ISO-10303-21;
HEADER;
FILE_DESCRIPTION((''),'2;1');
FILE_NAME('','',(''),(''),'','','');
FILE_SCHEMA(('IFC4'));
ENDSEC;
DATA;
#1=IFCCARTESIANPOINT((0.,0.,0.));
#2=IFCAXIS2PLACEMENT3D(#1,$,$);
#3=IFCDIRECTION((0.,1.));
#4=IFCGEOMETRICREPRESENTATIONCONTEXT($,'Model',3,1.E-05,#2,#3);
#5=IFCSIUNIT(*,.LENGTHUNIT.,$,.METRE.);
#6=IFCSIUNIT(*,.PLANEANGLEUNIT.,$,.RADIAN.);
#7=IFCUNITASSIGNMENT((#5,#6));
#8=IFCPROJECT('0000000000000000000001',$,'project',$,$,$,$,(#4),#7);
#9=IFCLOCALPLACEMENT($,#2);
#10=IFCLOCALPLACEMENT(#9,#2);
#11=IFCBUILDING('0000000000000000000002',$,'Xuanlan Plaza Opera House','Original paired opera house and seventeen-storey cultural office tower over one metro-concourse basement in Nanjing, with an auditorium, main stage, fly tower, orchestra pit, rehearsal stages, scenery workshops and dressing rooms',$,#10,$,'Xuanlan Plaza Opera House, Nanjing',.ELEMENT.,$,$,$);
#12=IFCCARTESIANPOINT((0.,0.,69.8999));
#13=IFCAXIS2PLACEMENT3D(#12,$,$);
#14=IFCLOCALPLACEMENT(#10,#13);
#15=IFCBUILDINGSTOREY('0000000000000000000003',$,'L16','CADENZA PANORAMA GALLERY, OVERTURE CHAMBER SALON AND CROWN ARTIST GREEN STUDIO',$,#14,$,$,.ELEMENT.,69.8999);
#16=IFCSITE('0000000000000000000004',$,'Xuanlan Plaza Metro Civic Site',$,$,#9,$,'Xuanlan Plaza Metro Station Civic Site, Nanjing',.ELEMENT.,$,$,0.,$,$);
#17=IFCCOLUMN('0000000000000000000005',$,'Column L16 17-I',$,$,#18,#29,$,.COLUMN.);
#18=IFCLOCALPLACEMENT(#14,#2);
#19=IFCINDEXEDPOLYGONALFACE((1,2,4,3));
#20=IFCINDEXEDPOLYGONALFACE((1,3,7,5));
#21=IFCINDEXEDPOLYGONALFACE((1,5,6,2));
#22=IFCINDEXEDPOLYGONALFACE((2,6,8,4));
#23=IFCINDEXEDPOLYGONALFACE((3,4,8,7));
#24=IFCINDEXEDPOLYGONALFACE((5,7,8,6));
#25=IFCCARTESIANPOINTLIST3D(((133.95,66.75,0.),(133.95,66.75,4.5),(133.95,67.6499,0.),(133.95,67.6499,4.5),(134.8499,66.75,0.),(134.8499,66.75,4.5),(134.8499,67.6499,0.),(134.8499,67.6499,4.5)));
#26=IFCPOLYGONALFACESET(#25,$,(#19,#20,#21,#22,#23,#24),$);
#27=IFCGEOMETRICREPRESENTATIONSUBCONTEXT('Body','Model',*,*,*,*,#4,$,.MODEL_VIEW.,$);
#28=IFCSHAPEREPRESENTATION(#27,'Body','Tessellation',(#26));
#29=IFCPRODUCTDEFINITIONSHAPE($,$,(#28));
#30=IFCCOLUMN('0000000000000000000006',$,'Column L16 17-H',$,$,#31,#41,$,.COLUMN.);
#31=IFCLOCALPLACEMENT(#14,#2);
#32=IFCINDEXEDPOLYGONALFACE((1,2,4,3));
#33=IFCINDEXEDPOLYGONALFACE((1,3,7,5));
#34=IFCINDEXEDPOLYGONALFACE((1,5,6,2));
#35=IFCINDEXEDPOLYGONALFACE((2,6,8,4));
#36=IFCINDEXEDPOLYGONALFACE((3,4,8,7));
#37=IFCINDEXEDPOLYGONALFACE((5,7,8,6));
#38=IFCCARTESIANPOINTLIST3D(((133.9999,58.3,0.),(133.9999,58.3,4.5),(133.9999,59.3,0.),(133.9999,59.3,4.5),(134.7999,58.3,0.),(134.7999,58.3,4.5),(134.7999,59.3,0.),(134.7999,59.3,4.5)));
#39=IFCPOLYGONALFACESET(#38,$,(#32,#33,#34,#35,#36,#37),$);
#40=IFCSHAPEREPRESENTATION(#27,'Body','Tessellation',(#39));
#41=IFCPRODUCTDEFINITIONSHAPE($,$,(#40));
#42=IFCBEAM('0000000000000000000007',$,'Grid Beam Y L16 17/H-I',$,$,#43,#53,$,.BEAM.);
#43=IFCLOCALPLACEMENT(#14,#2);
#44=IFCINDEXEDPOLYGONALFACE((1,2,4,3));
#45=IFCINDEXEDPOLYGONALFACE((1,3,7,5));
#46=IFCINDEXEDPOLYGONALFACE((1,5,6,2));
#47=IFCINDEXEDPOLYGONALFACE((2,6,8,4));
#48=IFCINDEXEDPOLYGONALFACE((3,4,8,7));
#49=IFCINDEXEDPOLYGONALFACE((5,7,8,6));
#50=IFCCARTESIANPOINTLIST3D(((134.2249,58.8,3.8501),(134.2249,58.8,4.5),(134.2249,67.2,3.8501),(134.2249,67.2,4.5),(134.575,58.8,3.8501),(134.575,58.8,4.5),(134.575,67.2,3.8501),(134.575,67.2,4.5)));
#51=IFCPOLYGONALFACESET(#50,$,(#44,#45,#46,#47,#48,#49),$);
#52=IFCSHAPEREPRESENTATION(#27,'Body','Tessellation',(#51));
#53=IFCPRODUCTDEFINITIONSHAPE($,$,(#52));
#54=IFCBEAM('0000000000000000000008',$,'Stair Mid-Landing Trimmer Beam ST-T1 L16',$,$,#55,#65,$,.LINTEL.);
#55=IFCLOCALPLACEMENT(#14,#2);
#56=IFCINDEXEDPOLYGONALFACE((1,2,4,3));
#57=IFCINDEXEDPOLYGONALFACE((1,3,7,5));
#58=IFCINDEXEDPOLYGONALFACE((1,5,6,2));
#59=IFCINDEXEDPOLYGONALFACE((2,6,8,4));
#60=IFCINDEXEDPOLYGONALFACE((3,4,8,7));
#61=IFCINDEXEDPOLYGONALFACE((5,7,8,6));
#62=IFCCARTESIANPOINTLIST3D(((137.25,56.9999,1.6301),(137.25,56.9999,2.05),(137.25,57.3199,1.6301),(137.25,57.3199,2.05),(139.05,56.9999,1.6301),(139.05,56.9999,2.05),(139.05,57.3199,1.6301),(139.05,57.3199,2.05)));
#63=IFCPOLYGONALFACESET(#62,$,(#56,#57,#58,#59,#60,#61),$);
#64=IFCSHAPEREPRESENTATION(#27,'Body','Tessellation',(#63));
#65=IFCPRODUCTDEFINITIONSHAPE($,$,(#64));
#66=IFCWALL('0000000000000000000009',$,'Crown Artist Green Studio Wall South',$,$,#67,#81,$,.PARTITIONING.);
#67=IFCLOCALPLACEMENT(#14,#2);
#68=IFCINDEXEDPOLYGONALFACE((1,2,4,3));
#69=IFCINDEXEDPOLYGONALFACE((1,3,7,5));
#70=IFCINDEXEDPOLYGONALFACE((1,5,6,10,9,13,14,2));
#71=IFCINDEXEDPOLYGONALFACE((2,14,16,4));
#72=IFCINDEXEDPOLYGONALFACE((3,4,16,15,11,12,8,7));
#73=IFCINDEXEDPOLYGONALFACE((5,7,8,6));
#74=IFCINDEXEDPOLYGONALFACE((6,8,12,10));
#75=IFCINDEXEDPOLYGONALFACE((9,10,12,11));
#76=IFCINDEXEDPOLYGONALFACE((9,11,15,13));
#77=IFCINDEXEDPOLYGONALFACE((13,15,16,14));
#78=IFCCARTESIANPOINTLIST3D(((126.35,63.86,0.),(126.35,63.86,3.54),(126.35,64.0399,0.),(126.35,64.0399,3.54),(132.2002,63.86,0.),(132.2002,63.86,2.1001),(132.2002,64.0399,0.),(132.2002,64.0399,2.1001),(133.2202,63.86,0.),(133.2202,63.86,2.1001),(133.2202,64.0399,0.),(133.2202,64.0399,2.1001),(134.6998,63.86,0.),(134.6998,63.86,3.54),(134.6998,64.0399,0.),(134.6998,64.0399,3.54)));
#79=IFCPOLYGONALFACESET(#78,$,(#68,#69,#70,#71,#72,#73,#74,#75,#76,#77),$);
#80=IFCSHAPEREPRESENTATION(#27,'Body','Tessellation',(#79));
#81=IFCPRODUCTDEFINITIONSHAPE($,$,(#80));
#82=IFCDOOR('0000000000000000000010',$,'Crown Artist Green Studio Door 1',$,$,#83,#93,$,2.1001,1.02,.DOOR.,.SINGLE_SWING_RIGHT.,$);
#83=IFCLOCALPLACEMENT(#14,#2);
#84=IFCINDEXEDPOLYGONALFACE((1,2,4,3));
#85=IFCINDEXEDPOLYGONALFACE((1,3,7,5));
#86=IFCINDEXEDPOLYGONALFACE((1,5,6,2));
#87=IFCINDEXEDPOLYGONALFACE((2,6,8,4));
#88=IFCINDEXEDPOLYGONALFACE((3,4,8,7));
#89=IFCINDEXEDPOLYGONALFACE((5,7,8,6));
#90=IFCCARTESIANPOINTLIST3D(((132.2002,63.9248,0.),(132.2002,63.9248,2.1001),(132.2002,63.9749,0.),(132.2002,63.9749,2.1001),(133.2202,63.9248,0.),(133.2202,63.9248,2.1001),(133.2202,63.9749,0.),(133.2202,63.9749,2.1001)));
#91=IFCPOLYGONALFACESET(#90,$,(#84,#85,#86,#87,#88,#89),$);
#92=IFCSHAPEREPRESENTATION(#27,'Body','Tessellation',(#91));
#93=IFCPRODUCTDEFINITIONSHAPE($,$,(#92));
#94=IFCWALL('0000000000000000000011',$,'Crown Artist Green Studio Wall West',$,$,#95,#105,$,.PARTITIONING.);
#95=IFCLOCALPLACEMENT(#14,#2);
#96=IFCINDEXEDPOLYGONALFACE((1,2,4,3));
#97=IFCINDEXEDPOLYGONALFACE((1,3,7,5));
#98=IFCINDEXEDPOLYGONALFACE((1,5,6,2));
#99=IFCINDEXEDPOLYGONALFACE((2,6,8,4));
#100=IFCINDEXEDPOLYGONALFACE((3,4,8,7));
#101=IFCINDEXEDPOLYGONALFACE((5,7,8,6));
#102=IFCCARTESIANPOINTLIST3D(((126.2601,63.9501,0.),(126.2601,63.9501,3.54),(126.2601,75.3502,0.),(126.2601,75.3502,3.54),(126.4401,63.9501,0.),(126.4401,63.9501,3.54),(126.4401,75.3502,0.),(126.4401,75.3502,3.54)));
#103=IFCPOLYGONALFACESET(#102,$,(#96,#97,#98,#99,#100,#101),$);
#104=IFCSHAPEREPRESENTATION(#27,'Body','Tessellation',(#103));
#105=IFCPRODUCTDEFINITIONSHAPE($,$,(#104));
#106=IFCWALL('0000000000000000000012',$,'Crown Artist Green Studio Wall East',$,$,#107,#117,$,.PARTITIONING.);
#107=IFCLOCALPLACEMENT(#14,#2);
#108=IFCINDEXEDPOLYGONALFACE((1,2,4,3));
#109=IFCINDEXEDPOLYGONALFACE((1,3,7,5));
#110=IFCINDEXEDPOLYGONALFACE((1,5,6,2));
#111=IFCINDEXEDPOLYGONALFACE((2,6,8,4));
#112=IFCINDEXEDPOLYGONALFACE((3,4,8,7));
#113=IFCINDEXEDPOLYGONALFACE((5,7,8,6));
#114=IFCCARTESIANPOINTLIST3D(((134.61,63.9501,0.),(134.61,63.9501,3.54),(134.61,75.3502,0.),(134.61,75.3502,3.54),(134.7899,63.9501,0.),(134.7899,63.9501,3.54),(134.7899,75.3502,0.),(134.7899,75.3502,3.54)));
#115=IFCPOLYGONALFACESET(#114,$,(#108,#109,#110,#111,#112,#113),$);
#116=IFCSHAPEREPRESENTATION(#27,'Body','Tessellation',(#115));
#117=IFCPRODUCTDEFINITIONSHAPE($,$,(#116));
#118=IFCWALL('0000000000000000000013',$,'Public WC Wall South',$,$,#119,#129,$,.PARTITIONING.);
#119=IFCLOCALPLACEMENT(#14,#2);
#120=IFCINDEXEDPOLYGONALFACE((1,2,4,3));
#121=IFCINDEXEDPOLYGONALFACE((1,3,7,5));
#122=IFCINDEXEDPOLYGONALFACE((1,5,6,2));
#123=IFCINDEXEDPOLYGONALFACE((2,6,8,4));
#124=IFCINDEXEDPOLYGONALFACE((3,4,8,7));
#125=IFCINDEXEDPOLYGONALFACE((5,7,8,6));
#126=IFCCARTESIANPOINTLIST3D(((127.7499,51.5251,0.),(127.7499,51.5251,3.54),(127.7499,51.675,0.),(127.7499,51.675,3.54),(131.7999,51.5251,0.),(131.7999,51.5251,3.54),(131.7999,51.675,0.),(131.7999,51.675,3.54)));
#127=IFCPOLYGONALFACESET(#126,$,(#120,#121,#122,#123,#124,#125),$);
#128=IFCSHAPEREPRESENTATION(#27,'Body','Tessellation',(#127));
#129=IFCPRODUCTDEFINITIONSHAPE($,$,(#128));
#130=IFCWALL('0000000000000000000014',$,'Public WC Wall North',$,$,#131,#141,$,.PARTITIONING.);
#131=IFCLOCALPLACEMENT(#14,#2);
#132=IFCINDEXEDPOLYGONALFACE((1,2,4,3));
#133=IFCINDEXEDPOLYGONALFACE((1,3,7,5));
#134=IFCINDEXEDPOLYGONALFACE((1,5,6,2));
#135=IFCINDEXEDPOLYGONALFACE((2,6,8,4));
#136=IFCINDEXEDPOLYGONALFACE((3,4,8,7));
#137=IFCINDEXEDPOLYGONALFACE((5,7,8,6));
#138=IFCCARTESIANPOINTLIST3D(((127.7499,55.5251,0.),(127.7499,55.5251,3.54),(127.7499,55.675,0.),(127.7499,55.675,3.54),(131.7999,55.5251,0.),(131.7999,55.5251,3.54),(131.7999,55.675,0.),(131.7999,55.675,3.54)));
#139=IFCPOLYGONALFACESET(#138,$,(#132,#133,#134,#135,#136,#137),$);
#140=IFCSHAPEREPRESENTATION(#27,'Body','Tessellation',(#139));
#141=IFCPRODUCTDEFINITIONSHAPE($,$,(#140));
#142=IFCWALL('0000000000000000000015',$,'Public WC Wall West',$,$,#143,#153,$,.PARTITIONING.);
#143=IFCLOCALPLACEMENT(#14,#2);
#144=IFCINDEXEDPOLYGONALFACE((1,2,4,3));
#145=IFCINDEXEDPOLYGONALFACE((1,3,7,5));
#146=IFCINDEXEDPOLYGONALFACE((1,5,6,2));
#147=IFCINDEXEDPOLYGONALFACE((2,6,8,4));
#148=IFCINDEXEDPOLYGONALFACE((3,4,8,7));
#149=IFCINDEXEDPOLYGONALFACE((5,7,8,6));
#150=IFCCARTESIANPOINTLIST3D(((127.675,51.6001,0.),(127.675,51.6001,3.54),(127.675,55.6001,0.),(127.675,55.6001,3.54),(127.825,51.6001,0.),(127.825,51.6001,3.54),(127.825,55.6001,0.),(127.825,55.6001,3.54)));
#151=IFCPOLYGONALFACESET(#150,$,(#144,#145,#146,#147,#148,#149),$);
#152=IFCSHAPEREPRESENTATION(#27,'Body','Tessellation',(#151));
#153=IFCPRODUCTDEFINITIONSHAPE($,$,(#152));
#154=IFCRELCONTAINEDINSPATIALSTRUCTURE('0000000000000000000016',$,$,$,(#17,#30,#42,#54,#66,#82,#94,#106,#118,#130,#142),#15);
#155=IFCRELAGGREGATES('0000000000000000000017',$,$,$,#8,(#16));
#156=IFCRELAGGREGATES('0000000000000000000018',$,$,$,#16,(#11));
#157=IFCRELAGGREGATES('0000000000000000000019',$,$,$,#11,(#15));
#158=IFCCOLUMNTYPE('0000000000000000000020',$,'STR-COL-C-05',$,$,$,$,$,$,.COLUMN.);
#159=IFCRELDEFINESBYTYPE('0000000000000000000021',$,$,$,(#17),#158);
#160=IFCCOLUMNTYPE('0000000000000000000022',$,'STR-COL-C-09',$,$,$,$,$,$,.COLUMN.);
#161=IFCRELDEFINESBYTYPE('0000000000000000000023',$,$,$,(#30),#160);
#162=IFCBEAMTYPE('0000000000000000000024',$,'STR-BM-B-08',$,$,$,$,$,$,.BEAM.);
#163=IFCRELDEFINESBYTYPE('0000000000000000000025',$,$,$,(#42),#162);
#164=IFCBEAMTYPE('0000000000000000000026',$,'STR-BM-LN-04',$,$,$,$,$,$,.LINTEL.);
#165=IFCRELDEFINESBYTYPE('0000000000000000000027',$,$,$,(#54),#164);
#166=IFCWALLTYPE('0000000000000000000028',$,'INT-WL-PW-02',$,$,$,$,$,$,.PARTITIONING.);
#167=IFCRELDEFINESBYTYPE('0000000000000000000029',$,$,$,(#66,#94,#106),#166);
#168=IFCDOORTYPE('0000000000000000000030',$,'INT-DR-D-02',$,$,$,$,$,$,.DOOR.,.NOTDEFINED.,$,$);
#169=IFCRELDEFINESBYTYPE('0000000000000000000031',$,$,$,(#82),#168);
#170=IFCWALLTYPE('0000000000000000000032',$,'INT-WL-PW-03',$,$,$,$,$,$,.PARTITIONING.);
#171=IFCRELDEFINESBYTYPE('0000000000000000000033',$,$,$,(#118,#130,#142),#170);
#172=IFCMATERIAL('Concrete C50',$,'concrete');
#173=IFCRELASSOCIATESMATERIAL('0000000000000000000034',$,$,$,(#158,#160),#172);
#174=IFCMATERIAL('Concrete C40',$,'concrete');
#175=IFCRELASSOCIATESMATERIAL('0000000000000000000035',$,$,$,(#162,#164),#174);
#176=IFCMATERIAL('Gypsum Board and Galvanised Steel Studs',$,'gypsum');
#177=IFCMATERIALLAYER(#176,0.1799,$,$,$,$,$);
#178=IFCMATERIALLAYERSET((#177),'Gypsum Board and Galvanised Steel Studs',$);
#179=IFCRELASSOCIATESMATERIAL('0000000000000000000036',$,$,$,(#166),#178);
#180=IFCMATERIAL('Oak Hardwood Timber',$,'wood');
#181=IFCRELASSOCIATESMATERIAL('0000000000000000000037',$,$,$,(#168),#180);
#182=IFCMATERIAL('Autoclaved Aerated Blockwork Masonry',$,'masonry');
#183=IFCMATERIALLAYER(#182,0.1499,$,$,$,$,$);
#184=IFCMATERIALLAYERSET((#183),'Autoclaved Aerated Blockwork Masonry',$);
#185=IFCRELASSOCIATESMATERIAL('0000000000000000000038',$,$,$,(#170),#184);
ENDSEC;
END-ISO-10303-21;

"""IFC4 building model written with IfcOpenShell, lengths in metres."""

from ifc_helpers import new_model, si_unit, direction, frame, frame_2d, origin, origin_2d, place, context, subcontext, project, spatial, rectangle, extrude, material, layer, layer_set, material_profile, profile_set, type_object, element, fill, save


model = new_model("IFC4")

# Units and contexts
model_context = context("Model", 3, precision=1e-05, world=origin(), true_north=direction((0.0, 1.0)))
body_context = subcontext(model_context, "Body", "Model", "MODEL_VIEW")
ifc_project = project(units=[si_unit("LENGTHUNIT", "METRE"), si_unit("PLANEANGLEUNIT", "RADIAN")], contexts=[model_context])

# Site, building, storey
site_placement = place(None, origin())
site = spatial("IfcSite", under=ifc_project, at=site_placement, Name="Xuanlan Plaza Metro Civic Site", LongName="Xuanlan Plaza Metro Station Civic Site, Nanjing", CompositionType="ELEMENT", RefElevation=0.0)
building_placement = place(site_placement, origin())
building = spatial("IfcBuilding", under=site, at=building_placement, Name="Xuanlan Plaza Opera House", Description="Original paired opera house and seventeen-storey cultural office tower over one metro-concourse basement in Nanjing, with an auditorium, main stage, fly tower, orchestra pit, rehearsal stages, scenery workshops and dressing rooms", LongName="Xuanlan Plaza Opera House, Nanjing", CompositionType="ELEMENT")
storey_placement = place(building_placement, frame((0.0, 0.0, 69.8999)))
storey = spatial("IfcBuildingStorey", under=building, at=storey_placement, Name="L16", Description="CADENZA PANORAMA GALLERY, OVERTURE CHAMBER SALON AND CROWN ARTIST GREEN STUDIO", CompositionType="ELEMENT", Elevation=69.8999)

# Columns
ifc_material_1 = material(Name="Concrete C50", Category="concrete")
ifc_material_profile_1 = material_profile(ifc_material_1, rectangle(XDim=0.8999, YDim=0.8999, at=origin_2d()), Name="RC-COL 900x900")
ifc_profile_set_1 = profile_set([ifc_material_profile_1], Name="Concrete C50")
column_type_1 = type_object("IfcColumnType", Name="STR-COL-C-05", PredefinedType="COLUMN", material=ifc_profile_set_1)
column_1_placement = place(storey_placement, frame((134.3999, 67.2, 0.0), z_axis=(0.0, 0.0, 1.0), x_axis=(1.0, 0.0, 0.0)))
element("IfcColumn", 1, at=column_1_placement, inside=storey, type_object=column_type_1, Name="Column L16 17-I", PredefinedType="COLUMN", context=body_context, shape_type="SweptSolid", body=[
    extrude(rectangle(XDim=0.8999, YDim=0.8999, at=origin_2d()), origin(), (0.0, 0.0, 1.0), 4.5),
])
ifc_material_profile_2 = material_profile(ifc_material_1, rectangle(XDim=0.8, YDim=1.0, at=origin_2d()), Name="RC-COL 800x1000")
ifc_profile_set_2 = profile_set([ifc_material_profile_2], Name="Concrete C50")
column_type_2 = type_object("IfcColumnType", Name="STR-COL-C-09", PredefinedType="COLUMN", material=ifc_profile_set_2)
column_2_placement = place(storey_placement, frame((134.3999, 58.8, 0.0), z_axis=(0.0, 0.0, 1.0), x_axis=(1.0, 0.0, 0.0)))
element("IfcColumn", 2, at=column_2_placement, inside=storey, type_object=column_type_2, Name="Column L16 17-H", PredefinedType="COLUMN", context=body_context, shape_type="SweptSolid", body=[
    extrude(rectangle(XDim=0.8, YDim=1.0, at=origin_2d()), origin(), (0.0, 0.0, 1.0), 4.5),
])

# Beams
ifc_material_2 = material(Name="Concrete C40", Category="concrete")
ifc_material_profile_3 = material_profile(ifc_material_2, rectangle(XDim=0.3501, YDim=0.6499, at=origin_2d()), Name="RC-BM 350x650")
ifc_profile_set_3 = profile_set([ifc_material_profile_3], Name="Concrete C40")
beam_type_1 = type_object("IfcBeamType", Name="STR-BM-B-08", PredefinedType="BEAM", material=ifc_profile_set_3)
beam_1_placement = place(storey_placement, frame((134.3999, 58.8, 4.175), z_axis=(0.0, 1.0, 0.0), x_axis=(-1.0, 0.0, 0.0)))
element("IfcBeam", 3, at=beam_1_placement, inside=storey, type_object=beam_type_1, Name="Grid Beam Y L16 17/H-I", PredefinedType="BEAM", context=body_context, shape_type="SweptSolid", body=[
    extrude(rectangle(XDim=0.3501, YDim=0.6499, at=origin_2d()), origin(), (0.0, 0.0, 1.0), 8.3999),
])
ifc_material_profile_4 = material_profile(ifc_material_2, rectangle(XDim=0.3201, YDim=0.4199, at=origin_2d()), Name="RC-LNT 320x420")
ifc_profile_set_4 = profile_set([ifc_material_profile_4], Name="Concrete C40")
beam_type_2 = type_object("IfcBeamType", Name="STR-BM-LN-04", PredefinedType="LINTEL", material=ifc_profile_set_4)
beam_2_placement = place(storey_placement, frame((137.25, 57.1599, 1.8401), z_axis=(1.0, 0.0, 0.0), x_axis=(0.0, 1.0, 0.0)))
element("IfcBeam", 4, at=beam_2_placement, inside=storey, type_object=beam_type_2, Name="Stair Mid-Landing Trimmer Beam ST-T1 L16", PredefinedType="LINTEL", context=body_context, shape_type="SweptSolid", body=[
    extrude(rectangle(XDim=0.3201, YDim=0.4199, at=origin_2d()), origin(), (0.0, 0.0, 1.0), 1.8),
])

# Wall, opening, door
ifc_material_3 = material(Name="Gypsum Board and Galvanised Steel Studs", Category="gypsum")
ifc_layer_1 = layer(ifc_material_3, 0.1799)
ifc_layer_set_1 = layer_set([ifc_layer_1], Name="Gypsum Board and Galvanised Steel Studs")
wall_type_1 = type_object("IfcWallType", Name="INT-WL-PW-02", PredefinedType="PARTITIONING", material=ifc_layer_set_1)
wall_1_placement = place(storey_placement, frame((126.3501, 63.95, 0.0), z_axis=(0.0, 0.0, 1.0), x_axis=(1.0, 0.0, 0.0)))
wall_1 = element("IfcWall", 5, at=wall_1_placement, inside=storey, type_object=wall_type_1, Name="Crown Artist Green Studio Wall South", PredefinedType="PARTITIONING", context=body_context, shape_type="SweptSolid", body=[
    extrude(rectangle(XDim=8.3499, YDim=0.1799, at=frame_2d((4.1748, 0.0))), origin(), (0.0, 0.0, 1.0), 3.54),
])
opening_1_placement = place(wall_1_placement, frame((5.8501, 0.0, 0.0)))
opening_1 = element("IfcOpeningElement", 6, at=opening_1_placement, cuts=wall_1, PredefinedType="OPENING", context=body_context, shape_type="SweptSolid", body=[
    extrude(rectangle(XDim=1.02, YDim=2.1001, at=frame_2d((0.51, 1.05))), frame((0.0, 0.0999, 0.0), z_axis=(0.0, -1.0, 0.0), x_axis=(1.0, 0.0, 0.0)), (0.0, 0.0, 1.0), 0.2),
])
ifc_material_4 = material(Name="Oak Hardwood Timber", Category="wood")
door_type_1 = type_object("IfcDoorType", Name="INT-DR-D-02", OperationType="NOTDEFINED", PredefinedType="DOOR", material=ifc_material_4)
door_1_placement = place(opening_1_placement, origin())
door_1 = element("IfcDoor", 7, at=door_1_placement, inside=storey, type_object=door_type_1, Name="Crown Artist Green Studio Door 1", OperationType="SINGLE_SWING_RIGHT", OverallHeight=2.1001, OverallWidth=1.02, PredefinedType="DOOR", context=body_context, shape_type="SweptSolid", body=[
    extrude(rectangle(XDim=1.02, YDim=2.1001, at=frame_2d((0.51, 1.05))), frame((0.0, 0.0249, 0.0), z_axis=(0.0, -1.0, 0.0), x_axis=(1.0, 0.0, 0.0)), (0.0, 0.0, 1.0), 0.05),
])
fill(opening_1, door_1)

# Walls
for number, where, z_axis, x_axis, name in (
    (8, (126.3501, 63.95, 0.0), (0.0, 0.0, 1.0), (0.0, 1.0, 0.0), "Crown Artist Green Studio Wall West"),
    (9, (134.7, 63.95, 0.0), (0.0, 0.0, 1.0), (0.0, 1.0, 0.0), "Crown Artist Green Studio Wall East"),
):
    element("IfcWall", number, at=place(storey_placement, frame(where, z_axis=z_axis, x_axis=x_axis)), inside=storey, type_object=wall_type_1, Name=name, PredefinedType="PARTITIONING", context=body_context, shape_type="SweptSolid", body=[
        extrude(rectangle(XDim=11.4001, YDim=0.1799, at=frame_2d((5.7002, 0.0))), origin(), (0.0, 0.0, 1.0), 3.54),
    ])
ifc_material_5 = material(Name="Autoclaved Aerated Blockwork Masonry", Category="masonry")
ifc_layer_2 = layer(ifc_material_5, 0.1499)
ifc_layer_set_2 = layer_set([ifc_layer_2], Name="Autoclaved Aerated Blockwork Masonry")
wall_type_2 = type_object("IfcWallType", Name="INT-WL-PW-03", PredefinedType="PARTITIONING", material=ifc_layer_set_2)
for number, where, z_axis, x_axis, name in (
    (10, (127.75, 51.6001, 0.0), (0.0, 0.0, 1.0), (1.0, 0.0, 0.0), "Public WC Wall South"),
    (11, (127.75, 55.6001, 0.0), (0.0, 0.0, 1.0), (1.0, 0.0, 0.0), "Public WC Wall North"),
):
    element("IfcWall", number, at=place(storey_placement, frame(where, z_axis=z_axis, x_axis=x_axis)), inside=storey, type_object=wall_type_2, Name=name, PredefinedType="PARTITIONING", context=body_context, shape_type="SweptSolid", body=[
        extrude(rectangle(XDim=4.05, YDim=0.1499, at=frame_2d((2.0249, 0.0))), origin(), (0.0, 0.0, 1.0), 3.54),
    ])
wall_2_placement = place(storey_placement, frame((127.75, 51.6001, 0.0), z_axis=(0.0, 0.0, 1.0), x_axis=(0.0, 1.0, 0.0)))
element("IfcWall", 12, at=wall_2_placement, inside=storey, type_object=wall_type_2, Name="Public WC Wall West", PredefinedType="PARTITIONING", context=body_context, shape_type="SweptSolid", body=[
    extrude(rectangle(XDim=4.0, YDim=0.1499, at=frame_2d((2.0, 0.0))), origin(), (0.0, 0.0, 1.0), 3.54),
])

save(model, "model.ifc")
